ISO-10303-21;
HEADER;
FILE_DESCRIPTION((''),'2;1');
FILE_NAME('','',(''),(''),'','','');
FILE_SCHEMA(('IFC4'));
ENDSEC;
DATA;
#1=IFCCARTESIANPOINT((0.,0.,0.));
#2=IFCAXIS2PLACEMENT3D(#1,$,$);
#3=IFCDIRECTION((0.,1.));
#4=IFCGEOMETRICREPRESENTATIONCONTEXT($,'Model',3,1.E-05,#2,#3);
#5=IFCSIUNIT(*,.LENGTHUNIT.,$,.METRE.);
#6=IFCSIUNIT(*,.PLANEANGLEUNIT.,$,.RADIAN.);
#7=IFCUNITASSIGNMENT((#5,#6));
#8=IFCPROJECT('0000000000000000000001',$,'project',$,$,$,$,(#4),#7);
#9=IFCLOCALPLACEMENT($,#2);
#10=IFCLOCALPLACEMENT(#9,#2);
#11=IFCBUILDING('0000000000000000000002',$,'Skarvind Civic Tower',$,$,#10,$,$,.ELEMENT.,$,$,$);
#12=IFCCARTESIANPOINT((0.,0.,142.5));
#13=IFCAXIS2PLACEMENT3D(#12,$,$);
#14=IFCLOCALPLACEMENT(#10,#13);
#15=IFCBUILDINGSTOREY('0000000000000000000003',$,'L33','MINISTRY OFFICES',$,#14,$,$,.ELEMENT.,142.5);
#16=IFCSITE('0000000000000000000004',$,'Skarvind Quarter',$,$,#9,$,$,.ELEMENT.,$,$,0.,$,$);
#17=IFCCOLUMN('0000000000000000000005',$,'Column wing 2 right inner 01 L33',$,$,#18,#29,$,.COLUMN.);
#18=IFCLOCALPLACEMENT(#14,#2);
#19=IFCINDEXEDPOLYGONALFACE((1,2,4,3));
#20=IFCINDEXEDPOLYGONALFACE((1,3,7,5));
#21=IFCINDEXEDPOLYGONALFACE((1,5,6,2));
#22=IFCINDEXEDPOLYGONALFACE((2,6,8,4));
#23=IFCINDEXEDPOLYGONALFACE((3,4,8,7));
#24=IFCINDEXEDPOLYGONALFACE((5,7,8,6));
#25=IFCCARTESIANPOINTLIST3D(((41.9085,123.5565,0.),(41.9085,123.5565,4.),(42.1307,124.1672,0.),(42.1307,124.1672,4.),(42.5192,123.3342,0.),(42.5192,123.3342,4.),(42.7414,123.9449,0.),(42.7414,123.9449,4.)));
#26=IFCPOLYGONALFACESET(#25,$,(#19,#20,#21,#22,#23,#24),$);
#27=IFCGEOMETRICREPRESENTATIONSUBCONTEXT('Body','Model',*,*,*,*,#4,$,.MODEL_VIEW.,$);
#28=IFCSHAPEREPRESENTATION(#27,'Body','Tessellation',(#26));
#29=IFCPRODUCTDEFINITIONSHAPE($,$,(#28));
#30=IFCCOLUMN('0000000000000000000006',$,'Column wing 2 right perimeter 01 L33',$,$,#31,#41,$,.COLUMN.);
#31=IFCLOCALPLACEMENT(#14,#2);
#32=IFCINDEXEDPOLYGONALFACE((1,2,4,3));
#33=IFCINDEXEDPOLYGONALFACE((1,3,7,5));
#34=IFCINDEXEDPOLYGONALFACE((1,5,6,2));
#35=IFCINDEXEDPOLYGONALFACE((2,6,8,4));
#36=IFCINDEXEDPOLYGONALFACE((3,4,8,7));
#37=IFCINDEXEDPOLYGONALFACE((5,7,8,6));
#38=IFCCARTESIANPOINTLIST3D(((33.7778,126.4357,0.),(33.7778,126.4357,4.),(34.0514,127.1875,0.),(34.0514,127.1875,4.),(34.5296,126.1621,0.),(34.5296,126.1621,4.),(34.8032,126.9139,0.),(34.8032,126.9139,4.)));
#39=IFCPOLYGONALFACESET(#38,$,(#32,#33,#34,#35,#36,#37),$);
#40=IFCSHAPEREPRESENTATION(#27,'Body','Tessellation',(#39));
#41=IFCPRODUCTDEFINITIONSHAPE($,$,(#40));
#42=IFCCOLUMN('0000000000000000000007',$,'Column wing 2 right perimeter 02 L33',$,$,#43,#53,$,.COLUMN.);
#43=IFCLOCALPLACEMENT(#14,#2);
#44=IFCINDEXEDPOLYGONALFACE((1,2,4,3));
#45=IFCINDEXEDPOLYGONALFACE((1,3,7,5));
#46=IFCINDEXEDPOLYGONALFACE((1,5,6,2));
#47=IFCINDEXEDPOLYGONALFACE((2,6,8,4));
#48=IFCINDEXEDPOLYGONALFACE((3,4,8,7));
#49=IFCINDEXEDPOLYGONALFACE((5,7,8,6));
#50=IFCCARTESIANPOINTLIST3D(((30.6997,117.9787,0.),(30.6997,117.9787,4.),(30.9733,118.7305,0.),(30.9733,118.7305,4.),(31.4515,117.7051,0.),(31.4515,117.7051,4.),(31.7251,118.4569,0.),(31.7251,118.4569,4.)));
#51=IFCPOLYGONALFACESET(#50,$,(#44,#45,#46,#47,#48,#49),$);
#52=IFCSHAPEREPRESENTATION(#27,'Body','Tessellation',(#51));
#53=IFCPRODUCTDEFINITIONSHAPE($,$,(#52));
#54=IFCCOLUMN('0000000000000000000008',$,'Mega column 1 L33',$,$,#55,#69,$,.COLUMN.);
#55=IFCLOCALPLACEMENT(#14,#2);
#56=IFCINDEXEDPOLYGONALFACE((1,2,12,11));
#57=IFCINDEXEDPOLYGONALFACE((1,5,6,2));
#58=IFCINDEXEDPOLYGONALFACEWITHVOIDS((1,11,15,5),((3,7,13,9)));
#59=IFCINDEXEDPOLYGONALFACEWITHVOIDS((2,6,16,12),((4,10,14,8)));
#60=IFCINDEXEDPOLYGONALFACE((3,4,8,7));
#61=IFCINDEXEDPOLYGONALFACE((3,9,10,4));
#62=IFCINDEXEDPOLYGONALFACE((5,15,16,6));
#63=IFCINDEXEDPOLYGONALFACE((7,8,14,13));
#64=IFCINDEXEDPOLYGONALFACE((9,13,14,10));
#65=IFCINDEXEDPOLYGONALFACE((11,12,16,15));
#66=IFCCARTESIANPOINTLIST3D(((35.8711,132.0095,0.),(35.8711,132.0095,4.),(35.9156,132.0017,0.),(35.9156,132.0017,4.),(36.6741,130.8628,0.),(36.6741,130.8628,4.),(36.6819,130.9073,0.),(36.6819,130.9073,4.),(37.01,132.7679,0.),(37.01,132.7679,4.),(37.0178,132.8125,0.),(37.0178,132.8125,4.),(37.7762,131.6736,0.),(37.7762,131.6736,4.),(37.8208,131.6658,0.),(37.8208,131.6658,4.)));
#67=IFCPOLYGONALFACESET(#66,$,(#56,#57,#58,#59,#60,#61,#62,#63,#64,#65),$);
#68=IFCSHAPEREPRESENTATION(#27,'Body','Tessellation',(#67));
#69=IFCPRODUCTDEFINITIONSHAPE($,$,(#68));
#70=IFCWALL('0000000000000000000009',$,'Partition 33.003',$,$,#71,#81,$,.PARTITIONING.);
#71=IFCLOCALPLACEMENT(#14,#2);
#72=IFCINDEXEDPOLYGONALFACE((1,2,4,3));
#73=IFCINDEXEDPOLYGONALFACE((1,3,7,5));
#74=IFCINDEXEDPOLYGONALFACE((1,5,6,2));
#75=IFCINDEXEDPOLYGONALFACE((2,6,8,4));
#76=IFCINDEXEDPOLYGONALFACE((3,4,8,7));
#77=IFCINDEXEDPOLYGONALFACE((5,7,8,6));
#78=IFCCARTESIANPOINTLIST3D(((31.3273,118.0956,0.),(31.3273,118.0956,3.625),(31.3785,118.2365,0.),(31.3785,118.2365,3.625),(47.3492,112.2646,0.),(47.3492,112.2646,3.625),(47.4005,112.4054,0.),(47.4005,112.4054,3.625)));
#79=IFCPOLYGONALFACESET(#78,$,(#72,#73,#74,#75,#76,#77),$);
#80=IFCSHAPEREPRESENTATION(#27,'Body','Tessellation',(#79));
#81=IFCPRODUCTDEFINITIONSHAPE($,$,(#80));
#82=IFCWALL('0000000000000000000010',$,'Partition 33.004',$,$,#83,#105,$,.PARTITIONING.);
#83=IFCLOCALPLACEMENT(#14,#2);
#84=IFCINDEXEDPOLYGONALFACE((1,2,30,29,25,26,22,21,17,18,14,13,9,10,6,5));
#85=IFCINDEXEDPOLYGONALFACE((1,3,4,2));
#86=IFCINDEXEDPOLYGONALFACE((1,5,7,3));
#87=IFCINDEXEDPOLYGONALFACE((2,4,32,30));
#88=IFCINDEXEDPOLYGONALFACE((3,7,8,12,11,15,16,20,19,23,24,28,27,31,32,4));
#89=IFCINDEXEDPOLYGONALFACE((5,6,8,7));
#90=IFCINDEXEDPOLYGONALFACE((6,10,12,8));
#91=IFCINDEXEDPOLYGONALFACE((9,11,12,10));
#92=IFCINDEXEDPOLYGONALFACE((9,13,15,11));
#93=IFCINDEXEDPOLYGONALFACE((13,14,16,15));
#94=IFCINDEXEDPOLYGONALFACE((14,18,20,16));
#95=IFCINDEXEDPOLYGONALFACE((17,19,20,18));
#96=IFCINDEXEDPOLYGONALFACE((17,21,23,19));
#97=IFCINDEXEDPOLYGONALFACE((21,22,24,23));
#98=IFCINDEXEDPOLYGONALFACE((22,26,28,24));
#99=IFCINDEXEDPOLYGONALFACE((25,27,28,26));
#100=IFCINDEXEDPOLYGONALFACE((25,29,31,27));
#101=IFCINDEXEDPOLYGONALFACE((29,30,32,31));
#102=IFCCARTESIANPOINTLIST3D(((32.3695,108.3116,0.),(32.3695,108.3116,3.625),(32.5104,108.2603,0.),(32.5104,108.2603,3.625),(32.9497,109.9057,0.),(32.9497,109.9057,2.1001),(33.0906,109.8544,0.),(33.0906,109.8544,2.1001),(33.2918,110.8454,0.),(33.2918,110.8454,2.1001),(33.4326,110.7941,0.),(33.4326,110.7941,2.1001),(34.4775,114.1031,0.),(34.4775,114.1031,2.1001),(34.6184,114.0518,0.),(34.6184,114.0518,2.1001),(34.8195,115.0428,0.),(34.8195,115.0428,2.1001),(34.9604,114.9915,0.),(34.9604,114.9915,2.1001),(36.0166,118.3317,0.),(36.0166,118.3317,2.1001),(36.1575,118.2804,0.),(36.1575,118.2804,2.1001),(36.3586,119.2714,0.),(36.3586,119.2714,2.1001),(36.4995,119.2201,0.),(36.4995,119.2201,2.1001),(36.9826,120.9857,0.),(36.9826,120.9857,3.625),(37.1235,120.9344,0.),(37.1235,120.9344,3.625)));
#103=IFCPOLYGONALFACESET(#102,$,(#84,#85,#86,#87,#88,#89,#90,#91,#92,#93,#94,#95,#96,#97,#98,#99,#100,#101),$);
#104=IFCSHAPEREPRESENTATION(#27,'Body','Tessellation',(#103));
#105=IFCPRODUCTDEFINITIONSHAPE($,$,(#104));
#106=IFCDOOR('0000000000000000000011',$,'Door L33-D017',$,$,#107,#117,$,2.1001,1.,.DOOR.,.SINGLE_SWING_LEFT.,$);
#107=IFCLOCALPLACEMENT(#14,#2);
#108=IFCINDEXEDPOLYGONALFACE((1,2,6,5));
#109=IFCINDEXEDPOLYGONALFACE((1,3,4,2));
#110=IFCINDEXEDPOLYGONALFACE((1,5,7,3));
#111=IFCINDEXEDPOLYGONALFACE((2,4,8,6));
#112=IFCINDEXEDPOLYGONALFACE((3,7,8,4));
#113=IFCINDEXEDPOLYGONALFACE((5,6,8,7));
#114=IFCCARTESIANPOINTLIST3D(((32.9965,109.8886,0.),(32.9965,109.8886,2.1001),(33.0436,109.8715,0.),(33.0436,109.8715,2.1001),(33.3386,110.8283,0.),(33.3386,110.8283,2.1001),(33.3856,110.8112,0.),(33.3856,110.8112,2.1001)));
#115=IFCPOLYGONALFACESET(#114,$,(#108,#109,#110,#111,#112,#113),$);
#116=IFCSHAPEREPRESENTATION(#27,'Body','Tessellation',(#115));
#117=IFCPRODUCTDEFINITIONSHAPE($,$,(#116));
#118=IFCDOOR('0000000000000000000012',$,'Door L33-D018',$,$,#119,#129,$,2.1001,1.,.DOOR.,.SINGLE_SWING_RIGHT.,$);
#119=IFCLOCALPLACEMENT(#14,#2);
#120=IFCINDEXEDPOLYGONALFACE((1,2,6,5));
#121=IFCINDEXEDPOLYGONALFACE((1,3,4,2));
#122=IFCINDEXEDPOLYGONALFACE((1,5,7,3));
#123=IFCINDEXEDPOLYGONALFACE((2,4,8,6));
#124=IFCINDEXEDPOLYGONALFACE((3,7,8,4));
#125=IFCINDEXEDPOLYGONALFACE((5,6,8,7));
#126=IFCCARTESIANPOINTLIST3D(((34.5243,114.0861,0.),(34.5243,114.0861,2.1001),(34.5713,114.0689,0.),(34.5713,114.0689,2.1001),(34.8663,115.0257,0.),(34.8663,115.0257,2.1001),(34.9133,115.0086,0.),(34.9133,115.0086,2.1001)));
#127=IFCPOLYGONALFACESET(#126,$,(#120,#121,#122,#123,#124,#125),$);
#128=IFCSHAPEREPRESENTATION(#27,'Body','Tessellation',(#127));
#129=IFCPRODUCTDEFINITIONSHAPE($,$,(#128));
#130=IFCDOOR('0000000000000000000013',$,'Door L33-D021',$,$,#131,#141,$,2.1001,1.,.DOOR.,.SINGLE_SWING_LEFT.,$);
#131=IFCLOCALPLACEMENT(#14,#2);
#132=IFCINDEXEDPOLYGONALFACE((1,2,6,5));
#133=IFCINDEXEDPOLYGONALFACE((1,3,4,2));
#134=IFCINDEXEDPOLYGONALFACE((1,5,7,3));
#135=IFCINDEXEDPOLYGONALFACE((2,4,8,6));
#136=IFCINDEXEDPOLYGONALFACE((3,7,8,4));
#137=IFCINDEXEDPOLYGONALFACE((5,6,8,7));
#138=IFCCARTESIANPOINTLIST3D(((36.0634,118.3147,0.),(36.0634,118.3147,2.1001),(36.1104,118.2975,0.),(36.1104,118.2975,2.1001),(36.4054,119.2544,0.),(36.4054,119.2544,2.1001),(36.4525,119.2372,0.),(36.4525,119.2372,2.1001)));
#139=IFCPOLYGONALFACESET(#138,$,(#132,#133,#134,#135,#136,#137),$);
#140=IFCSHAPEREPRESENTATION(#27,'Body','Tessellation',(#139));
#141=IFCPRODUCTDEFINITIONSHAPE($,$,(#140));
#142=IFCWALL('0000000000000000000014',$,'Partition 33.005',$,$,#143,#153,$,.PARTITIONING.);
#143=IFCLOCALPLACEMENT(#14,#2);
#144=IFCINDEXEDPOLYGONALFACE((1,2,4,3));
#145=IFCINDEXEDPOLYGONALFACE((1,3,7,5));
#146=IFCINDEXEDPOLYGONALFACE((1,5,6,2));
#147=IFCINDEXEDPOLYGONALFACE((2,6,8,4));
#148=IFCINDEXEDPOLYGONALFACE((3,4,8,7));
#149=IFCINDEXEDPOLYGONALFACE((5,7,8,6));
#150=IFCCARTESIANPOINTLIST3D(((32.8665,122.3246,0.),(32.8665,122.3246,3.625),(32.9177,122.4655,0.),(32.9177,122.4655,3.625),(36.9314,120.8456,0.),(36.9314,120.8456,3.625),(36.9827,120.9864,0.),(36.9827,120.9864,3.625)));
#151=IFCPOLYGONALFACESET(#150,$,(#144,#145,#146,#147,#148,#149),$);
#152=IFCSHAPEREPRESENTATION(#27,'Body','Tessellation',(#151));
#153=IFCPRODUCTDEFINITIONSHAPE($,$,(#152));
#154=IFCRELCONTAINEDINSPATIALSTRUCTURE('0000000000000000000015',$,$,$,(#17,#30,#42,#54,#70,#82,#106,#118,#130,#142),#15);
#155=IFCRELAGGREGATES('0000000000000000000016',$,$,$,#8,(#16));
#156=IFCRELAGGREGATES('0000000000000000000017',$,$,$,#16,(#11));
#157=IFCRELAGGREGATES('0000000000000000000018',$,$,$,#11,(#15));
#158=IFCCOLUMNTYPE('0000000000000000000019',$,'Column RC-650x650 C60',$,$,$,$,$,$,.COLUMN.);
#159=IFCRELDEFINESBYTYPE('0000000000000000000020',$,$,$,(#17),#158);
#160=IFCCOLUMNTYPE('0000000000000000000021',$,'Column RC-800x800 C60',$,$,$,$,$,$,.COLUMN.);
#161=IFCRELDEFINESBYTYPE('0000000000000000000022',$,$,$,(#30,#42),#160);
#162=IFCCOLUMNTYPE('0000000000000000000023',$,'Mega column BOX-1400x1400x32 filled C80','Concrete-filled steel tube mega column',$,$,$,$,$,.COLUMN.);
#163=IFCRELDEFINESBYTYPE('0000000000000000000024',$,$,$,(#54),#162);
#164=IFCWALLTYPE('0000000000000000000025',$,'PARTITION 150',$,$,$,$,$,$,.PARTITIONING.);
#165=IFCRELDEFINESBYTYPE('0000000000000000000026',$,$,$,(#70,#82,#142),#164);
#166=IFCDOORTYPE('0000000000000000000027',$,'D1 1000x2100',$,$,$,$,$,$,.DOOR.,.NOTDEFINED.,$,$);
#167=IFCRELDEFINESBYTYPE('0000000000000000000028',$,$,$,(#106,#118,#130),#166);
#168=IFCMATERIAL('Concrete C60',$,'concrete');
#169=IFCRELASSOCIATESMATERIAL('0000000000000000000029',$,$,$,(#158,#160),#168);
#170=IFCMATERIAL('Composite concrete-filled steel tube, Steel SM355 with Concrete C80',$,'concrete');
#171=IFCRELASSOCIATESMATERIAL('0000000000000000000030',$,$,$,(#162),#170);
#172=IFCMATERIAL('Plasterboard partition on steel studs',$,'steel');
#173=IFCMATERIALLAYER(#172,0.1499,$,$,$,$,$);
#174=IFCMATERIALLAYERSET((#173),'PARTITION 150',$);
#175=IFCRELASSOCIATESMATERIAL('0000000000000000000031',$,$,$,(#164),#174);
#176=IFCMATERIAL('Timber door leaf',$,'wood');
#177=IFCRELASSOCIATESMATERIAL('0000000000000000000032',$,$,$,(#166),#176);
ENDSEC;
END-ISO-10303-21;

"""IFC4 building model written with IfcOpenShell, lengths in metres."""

from ifc_helpers import new_model, si_unit, direction, frame, frame_2d, origin, origin_2d, place, context, subcontext, project, spatial, rectangle, hollow_rectangle, extrude, material, layer, layer_set, material_profile, profile_set, type_object, element, fill, save


model = new_model("IFC4")

# Units and contexts
model_context = context("Model", 3, precision=1e-05, world=origin(), true_north=direction((0.0, 1.0)))
body_context = subcontext(model_context, "Body", "Model", "MODEL_VIEW")
ifc_project = project(units=[si_unit("LENGTHUNIT", "METRE"), si_unit("PLANEANGLEUNIT", "RADIAN")], contexts=[model_context])

# Site, building, storey
site_placement = place(None, origin())
site = spatial("IfcSite", under=ifc_project, at=site_placement, Name="Skarvind Quarter", CompositionType="ELEMENT", RefElevation=0.0)
building_placement = place(site_placement, origin())
building = spatial("IfcBuilding", under=site, at=building_placement, Name="Skarvind Civic Tower", CompositionType="ELEMENT")
storey_placement = place(building_placement, frame((0.0, 0.0, 142.5)))
storey = spatial("IfcBuildingStorey", under=building, at=storey_placement, Name="L33", Description="MINISTRY OFFICES", CompositionType="ELEMENT", Elevation=142.5)

# Columns
ifc_material_1 = material(Name="Concrete C60", Category="concrete")
ifc_material_profile_1 = material_profile(ifc_material_1, rectangle(XDim=0.6499, YDim=0.6499, at=origin_2d()), Name="RC-650x650")
ifc_profile_set_1 = profile_set([ifc_material_profile_1], Name="Concrete C60")
column_type_1 = type_object("IfcColumnType", Name="Column RC-650x650 C60", PredefinedType="COLUMN", material=ifc_profile_set_1)
column_1_placement = place(storey_placement, frame((42.325, 123.7507, 0.0), z_axis=(0.0, 0.0, 1.0), x_axis=(-0.34202, -0.939693, 0.0)))
element("IfcColumn", 1, at=column_1_placement, inside=storey, type_object=column_type_1, Name="Column wing 2 right inner 01 L33", PredefinedType="COLUMN", context=body_context, shape_type="SweptSolid", body=[
    extrude(rectangle(XDim=0.6499, YDim=0.6499, at=origin_2d()), origin(), (0.0, 0.0, 1.0), 4.0),
])
ifc_material_profile_2 = material_profile(ifc_material_1, rectangle(XDim=0.8, YDim=0.8, at=origin_2d()), Name="RC-800x800")
ifc_profile_set_2 = profile_set([ifc_material_profile_2], Name="Concrete C60")
column_type_2 = type_object("IfcColumnType", Name="Column RC-800x800 C60", PredefinedType="COLUMN", material=ifc_profile_set_2)
for number, where, z_axis, x_axis, name in (
    (2, (34.2905, 126.6748, 0.0), (0.0, 0.0, 1.0), (-0.34202, -0.939693, 0.0), "Column wing 2 right perimeter 01 L33"),
    (3, (31.2124, 118.2178, 0.0), (0.0, 0.0, 1.0), (-0.34202, -0.939693, 0.0), "Column wing 2 right perimeter 02 L33"),
):
    element("IfcColumn", number, at=place(storey_placement, frame(where, z_axis=z_axis, x_axis=x_axis)), inside=storey, type_object=column_type_2, Name=name, PredefinedType="COLUMN", context=body_context, shape_type="SweptSolid", body=[
        extrude(rectangle(XDim=0.8, YDim=0.8, at=origin_2d()), origin(), (0.0, 0.0, 1.0), 4.0),
    ])
ifc_material_2 = material(Name="Composite concrete-filled steel tube, Steel SM355 with Concrete C80", Category="concrete")
ifc_material_profile_3 = material_profile(ifc_material_2, hollow_rectangle(XDim=1.3999, YDim=1.3999, WallThickness=0.032, at=origin_2d()), Name="BOX-1400x1400x32")
ifc_profile_set_3 = profile_set([ifc_material_profile_3], Name="Composite concrete-filled steel tube, Steel SM355 with Concrete C80")
column_type_3 = type_object("IfcColumnType", Name="Mega column BOX-1400x1400x32 filled C80", Description="Concrete-filled steel tube mega column", PredefinedType="COLUMN", material=ifc_profile_set_3)
column_2_placement = place(storey_placement, frame((36.8459, 131.8376, 0.0), z_axis=(0.0, 0.0, 1.0), x_axis=(0.573576, -0.819152, 0.0)))
element("IfcColumn", 4, at=column_2_placement, inside=storey, type_object=column_type_3, Name="Mega column 1 L33", PredefinedType="COLUMN", context=body_context, shape_type="SweptSolid", body=[
    extrude(hollow_rectangle(XDim=1.3999, YDim=1.3999, WallThickness=0.032, at=origin_2d()), origin(), (0.0, 0.0, 1.0), 4.0),
])

# Wall
ifc_material_3 = material(Name="Plasterboard partition on steel studs", Category="steel")
ifc_layer_1 = layer(ifc_material_3, 0.1499)
ifc_layer_set_1 = layer_set([ifc_layer_1], Name="PARTITION 150")
wall_type_1 = type_object("IfcWallType", Name="PARTITION 150", PredefinedType="PARTITIONING", material=ifc_layer_set_1)
wall_1_placement = place(storey_placement, frame((31.353, 118.166, 0.0), z_axis=(0.0, 0.0, 1.0), x_axis=(0.939701, -0.341996, 0.0)))
element("IfcWall", 5, at=wall_1_placement, inside=storey, type_object=wall_type_1, Name="Partition 33.003", PredefinedType="PARTITIONING", context=body_context, shape_type="SweptSolid", body=[
    extrude(rectangle(XDim=17.05, YDim=0.1499, at=frame_2d((8.5249, 0.0))), origin(), (0.0, 0.0, 1.0), 3.625),
])

# Wall, openings, doors
wall_2_placement = place(storey_placement, frame((37.053, 120.96, 0.0), z_axis=(0.0, 0.0, 1.0), x_axis=(-0.342024, -0.939691, 0.0)))
wall_2 = element("IfcWall", 6, at=wall_2_placement, inside=storey, type_object=wall_type_1, Name="Partition 33.004", PredefinedType="PARTITIONING", context=body_context, shape_type="SweptSolid", body=[
    extrude(rectangle(XDim=13.4875, YDim=0.1499, at=frame_2d((6.7437, 0.0))), origin(), (0.0, 0.0, 1.0), 3.625),
])
opening_1_placement = place(wall_2_placement, frame((10.791, 0.0, 0.0)))
opening_1 = element("IfcOpeningElement", 7, at=opening_1_placement, cuts=wall_2, PredefinedType="OPENING", context=body_context, shape_type="SweptSolid", body=[
    extrude(rectangle(XDim=1.0, YDim=2.1001, at=frame_2d((0.5, 1.05))), frame((0.0, 0.085, 0.0), z_axis=(0.0, -1.0, 0.0), x_axis=(1.0, 0.0, 0.0)), (0.0, 0.0, 1.0), 0.1699),
])
opening_2_placement = place(wall_2_placement, frame((6.3242, 0.0, 0.0)))
opening_2 = element("IfcOpeningElement", 8, at=opening_2_placement, cuts=wall_2, PredefinedType="OPENING", context=body_context, shape_type="SweptSolid", body=[
    extrude(rectangle(XDim=1.0, YDim=2.1001, at=frame_2d((0.5, 1.05))), frame((0.0, 0.085, 0.0), z_axis=(0.0, -1.0, 0.0), x_axis=(1.0, 0.0, 0.0)), (0.0, 0.0, 1.0), 0.1699),
])
opening_3_placement = place(wall_2_placement, frame((1.8242, 0.0, 0.0)))
opening_3 = element("IfcOpeningElement", 9, at=opening_3_placement, cuts=wall_2, PredefinedType="OPENING", context=body_context, shape_type="SweptSolid", body=[
    extrude(rectangle(XDim=1.0, YDim=2.1001, at=frame_2d((0.5, 1.05))), frame((0.0, 0.085, 0.0), z_axis=(0.0, -1.0, 0.0), x_axis=(1.0, 0.0, 0.0)), (0.0, 0.0, 1.0), 0.1699),
])
ifc_material_4 = material(Name="Timber door leaf", Category="wood")
door_type = type_object("IfcDoorType", Name="D1 1000x2100", OperationType="NOTDEFINED", PredefinedType="DOOR", material=ifc_material_4)
door_1_placement = place(opening_1_placement, origin())
door_1 = element("IfcDoor", 10, at=door_1_placement, inside=storey, type_object=door_type, Name="Door L33-D017", OperationType="SINGLE_SWING_LEFT", OverallHeight=2.1001, OverallWidth=1.0, PredefinedType="DOOR", context=body_context, shape_type="SweptSolid", body=[
    extrude(rectangle(XDim=1.0, YDim=2.1001, at=frame_2d((0.5, 1.05))), frame((0.0, 0.0249, 0.0), z_axis=(0.0, -1.0, 0.0), x_axis=(1.0, 0.0, 0.0)), (0.0, 0.0, 1.0), 0.05),
])
fill(opening_1, door_1)
door_2_placement = place(opening_2_placement, origin())
door_2 = element("IfcDoor", 11, at=door_2_placement, inside=storey, type_object=door_type, Name="Door L33-D018", OperationType="SINGLE_SWING_RIGHT", OverallHeight=2.1001, OverallWidth=1.0, PredefinedType="DOOR", context=body_context, shape_type="SweptSolid", body=[
    extrude(rectangle(XDim=1.0, YDim=2.1001, at=frame_2d((0.5, 1.05))), frame((0.0, 0.0249, 0.0), z_axis=(0.0, -1.0, 0.0), x_axis=(1.0, 0.0, 0.0)), (0.0, 0.0, 1.0), 0.05),
])
fill(opening_2, door_2)
door_3_placement = place(opening_3_placement, origin())
door_3 = element("IfcDoor", 12, at=door_3_placement, inside=storey, type_object=door_type, Name="Door L33-D021", OperationType="SINGLE_SWING_LEFT", OverallHeight=2.1001, OverallWidth=1.0, PredefinedType="DOOR", context=body_context, shape_type="SweptSolid", body=[
    extrude(rectangle(XDim=1.0, YDim=2.1001, at=frame_2d((0.5, 1.05))), frame((0.0, 0.0249, 0.0), z_axis=(0.0, -1.0, 0.0), x_axis=(1.0, 0.0, 0.0)), (0.0, 0.0, 1.0), 0.05),
])
fill(opening_3, door_3)

# Wall
wall_3_placement = place(storey_placement, frame((32.8921, 122.395, 0.0), z_axis=(0.0, 0.0, 1.0), x_axis=(0.939731, -0.341915, 0.0)))
element("IfcWall", 13, at=wall_3_placement, inside=storey, type_object=wall_type_1, Name="Partition 33.005", PredefinedType="PARTITIONING", context=body_context, shape_type="SweptSolid", body=[
    extrude(rectangle(XDim=4.3257, YDim=0.1499, at=frame_2d((2.1628, 0.0))), origin(), (0.0, 0.0, 1.0), 3.625),
])

save(model, "model.ifc")
